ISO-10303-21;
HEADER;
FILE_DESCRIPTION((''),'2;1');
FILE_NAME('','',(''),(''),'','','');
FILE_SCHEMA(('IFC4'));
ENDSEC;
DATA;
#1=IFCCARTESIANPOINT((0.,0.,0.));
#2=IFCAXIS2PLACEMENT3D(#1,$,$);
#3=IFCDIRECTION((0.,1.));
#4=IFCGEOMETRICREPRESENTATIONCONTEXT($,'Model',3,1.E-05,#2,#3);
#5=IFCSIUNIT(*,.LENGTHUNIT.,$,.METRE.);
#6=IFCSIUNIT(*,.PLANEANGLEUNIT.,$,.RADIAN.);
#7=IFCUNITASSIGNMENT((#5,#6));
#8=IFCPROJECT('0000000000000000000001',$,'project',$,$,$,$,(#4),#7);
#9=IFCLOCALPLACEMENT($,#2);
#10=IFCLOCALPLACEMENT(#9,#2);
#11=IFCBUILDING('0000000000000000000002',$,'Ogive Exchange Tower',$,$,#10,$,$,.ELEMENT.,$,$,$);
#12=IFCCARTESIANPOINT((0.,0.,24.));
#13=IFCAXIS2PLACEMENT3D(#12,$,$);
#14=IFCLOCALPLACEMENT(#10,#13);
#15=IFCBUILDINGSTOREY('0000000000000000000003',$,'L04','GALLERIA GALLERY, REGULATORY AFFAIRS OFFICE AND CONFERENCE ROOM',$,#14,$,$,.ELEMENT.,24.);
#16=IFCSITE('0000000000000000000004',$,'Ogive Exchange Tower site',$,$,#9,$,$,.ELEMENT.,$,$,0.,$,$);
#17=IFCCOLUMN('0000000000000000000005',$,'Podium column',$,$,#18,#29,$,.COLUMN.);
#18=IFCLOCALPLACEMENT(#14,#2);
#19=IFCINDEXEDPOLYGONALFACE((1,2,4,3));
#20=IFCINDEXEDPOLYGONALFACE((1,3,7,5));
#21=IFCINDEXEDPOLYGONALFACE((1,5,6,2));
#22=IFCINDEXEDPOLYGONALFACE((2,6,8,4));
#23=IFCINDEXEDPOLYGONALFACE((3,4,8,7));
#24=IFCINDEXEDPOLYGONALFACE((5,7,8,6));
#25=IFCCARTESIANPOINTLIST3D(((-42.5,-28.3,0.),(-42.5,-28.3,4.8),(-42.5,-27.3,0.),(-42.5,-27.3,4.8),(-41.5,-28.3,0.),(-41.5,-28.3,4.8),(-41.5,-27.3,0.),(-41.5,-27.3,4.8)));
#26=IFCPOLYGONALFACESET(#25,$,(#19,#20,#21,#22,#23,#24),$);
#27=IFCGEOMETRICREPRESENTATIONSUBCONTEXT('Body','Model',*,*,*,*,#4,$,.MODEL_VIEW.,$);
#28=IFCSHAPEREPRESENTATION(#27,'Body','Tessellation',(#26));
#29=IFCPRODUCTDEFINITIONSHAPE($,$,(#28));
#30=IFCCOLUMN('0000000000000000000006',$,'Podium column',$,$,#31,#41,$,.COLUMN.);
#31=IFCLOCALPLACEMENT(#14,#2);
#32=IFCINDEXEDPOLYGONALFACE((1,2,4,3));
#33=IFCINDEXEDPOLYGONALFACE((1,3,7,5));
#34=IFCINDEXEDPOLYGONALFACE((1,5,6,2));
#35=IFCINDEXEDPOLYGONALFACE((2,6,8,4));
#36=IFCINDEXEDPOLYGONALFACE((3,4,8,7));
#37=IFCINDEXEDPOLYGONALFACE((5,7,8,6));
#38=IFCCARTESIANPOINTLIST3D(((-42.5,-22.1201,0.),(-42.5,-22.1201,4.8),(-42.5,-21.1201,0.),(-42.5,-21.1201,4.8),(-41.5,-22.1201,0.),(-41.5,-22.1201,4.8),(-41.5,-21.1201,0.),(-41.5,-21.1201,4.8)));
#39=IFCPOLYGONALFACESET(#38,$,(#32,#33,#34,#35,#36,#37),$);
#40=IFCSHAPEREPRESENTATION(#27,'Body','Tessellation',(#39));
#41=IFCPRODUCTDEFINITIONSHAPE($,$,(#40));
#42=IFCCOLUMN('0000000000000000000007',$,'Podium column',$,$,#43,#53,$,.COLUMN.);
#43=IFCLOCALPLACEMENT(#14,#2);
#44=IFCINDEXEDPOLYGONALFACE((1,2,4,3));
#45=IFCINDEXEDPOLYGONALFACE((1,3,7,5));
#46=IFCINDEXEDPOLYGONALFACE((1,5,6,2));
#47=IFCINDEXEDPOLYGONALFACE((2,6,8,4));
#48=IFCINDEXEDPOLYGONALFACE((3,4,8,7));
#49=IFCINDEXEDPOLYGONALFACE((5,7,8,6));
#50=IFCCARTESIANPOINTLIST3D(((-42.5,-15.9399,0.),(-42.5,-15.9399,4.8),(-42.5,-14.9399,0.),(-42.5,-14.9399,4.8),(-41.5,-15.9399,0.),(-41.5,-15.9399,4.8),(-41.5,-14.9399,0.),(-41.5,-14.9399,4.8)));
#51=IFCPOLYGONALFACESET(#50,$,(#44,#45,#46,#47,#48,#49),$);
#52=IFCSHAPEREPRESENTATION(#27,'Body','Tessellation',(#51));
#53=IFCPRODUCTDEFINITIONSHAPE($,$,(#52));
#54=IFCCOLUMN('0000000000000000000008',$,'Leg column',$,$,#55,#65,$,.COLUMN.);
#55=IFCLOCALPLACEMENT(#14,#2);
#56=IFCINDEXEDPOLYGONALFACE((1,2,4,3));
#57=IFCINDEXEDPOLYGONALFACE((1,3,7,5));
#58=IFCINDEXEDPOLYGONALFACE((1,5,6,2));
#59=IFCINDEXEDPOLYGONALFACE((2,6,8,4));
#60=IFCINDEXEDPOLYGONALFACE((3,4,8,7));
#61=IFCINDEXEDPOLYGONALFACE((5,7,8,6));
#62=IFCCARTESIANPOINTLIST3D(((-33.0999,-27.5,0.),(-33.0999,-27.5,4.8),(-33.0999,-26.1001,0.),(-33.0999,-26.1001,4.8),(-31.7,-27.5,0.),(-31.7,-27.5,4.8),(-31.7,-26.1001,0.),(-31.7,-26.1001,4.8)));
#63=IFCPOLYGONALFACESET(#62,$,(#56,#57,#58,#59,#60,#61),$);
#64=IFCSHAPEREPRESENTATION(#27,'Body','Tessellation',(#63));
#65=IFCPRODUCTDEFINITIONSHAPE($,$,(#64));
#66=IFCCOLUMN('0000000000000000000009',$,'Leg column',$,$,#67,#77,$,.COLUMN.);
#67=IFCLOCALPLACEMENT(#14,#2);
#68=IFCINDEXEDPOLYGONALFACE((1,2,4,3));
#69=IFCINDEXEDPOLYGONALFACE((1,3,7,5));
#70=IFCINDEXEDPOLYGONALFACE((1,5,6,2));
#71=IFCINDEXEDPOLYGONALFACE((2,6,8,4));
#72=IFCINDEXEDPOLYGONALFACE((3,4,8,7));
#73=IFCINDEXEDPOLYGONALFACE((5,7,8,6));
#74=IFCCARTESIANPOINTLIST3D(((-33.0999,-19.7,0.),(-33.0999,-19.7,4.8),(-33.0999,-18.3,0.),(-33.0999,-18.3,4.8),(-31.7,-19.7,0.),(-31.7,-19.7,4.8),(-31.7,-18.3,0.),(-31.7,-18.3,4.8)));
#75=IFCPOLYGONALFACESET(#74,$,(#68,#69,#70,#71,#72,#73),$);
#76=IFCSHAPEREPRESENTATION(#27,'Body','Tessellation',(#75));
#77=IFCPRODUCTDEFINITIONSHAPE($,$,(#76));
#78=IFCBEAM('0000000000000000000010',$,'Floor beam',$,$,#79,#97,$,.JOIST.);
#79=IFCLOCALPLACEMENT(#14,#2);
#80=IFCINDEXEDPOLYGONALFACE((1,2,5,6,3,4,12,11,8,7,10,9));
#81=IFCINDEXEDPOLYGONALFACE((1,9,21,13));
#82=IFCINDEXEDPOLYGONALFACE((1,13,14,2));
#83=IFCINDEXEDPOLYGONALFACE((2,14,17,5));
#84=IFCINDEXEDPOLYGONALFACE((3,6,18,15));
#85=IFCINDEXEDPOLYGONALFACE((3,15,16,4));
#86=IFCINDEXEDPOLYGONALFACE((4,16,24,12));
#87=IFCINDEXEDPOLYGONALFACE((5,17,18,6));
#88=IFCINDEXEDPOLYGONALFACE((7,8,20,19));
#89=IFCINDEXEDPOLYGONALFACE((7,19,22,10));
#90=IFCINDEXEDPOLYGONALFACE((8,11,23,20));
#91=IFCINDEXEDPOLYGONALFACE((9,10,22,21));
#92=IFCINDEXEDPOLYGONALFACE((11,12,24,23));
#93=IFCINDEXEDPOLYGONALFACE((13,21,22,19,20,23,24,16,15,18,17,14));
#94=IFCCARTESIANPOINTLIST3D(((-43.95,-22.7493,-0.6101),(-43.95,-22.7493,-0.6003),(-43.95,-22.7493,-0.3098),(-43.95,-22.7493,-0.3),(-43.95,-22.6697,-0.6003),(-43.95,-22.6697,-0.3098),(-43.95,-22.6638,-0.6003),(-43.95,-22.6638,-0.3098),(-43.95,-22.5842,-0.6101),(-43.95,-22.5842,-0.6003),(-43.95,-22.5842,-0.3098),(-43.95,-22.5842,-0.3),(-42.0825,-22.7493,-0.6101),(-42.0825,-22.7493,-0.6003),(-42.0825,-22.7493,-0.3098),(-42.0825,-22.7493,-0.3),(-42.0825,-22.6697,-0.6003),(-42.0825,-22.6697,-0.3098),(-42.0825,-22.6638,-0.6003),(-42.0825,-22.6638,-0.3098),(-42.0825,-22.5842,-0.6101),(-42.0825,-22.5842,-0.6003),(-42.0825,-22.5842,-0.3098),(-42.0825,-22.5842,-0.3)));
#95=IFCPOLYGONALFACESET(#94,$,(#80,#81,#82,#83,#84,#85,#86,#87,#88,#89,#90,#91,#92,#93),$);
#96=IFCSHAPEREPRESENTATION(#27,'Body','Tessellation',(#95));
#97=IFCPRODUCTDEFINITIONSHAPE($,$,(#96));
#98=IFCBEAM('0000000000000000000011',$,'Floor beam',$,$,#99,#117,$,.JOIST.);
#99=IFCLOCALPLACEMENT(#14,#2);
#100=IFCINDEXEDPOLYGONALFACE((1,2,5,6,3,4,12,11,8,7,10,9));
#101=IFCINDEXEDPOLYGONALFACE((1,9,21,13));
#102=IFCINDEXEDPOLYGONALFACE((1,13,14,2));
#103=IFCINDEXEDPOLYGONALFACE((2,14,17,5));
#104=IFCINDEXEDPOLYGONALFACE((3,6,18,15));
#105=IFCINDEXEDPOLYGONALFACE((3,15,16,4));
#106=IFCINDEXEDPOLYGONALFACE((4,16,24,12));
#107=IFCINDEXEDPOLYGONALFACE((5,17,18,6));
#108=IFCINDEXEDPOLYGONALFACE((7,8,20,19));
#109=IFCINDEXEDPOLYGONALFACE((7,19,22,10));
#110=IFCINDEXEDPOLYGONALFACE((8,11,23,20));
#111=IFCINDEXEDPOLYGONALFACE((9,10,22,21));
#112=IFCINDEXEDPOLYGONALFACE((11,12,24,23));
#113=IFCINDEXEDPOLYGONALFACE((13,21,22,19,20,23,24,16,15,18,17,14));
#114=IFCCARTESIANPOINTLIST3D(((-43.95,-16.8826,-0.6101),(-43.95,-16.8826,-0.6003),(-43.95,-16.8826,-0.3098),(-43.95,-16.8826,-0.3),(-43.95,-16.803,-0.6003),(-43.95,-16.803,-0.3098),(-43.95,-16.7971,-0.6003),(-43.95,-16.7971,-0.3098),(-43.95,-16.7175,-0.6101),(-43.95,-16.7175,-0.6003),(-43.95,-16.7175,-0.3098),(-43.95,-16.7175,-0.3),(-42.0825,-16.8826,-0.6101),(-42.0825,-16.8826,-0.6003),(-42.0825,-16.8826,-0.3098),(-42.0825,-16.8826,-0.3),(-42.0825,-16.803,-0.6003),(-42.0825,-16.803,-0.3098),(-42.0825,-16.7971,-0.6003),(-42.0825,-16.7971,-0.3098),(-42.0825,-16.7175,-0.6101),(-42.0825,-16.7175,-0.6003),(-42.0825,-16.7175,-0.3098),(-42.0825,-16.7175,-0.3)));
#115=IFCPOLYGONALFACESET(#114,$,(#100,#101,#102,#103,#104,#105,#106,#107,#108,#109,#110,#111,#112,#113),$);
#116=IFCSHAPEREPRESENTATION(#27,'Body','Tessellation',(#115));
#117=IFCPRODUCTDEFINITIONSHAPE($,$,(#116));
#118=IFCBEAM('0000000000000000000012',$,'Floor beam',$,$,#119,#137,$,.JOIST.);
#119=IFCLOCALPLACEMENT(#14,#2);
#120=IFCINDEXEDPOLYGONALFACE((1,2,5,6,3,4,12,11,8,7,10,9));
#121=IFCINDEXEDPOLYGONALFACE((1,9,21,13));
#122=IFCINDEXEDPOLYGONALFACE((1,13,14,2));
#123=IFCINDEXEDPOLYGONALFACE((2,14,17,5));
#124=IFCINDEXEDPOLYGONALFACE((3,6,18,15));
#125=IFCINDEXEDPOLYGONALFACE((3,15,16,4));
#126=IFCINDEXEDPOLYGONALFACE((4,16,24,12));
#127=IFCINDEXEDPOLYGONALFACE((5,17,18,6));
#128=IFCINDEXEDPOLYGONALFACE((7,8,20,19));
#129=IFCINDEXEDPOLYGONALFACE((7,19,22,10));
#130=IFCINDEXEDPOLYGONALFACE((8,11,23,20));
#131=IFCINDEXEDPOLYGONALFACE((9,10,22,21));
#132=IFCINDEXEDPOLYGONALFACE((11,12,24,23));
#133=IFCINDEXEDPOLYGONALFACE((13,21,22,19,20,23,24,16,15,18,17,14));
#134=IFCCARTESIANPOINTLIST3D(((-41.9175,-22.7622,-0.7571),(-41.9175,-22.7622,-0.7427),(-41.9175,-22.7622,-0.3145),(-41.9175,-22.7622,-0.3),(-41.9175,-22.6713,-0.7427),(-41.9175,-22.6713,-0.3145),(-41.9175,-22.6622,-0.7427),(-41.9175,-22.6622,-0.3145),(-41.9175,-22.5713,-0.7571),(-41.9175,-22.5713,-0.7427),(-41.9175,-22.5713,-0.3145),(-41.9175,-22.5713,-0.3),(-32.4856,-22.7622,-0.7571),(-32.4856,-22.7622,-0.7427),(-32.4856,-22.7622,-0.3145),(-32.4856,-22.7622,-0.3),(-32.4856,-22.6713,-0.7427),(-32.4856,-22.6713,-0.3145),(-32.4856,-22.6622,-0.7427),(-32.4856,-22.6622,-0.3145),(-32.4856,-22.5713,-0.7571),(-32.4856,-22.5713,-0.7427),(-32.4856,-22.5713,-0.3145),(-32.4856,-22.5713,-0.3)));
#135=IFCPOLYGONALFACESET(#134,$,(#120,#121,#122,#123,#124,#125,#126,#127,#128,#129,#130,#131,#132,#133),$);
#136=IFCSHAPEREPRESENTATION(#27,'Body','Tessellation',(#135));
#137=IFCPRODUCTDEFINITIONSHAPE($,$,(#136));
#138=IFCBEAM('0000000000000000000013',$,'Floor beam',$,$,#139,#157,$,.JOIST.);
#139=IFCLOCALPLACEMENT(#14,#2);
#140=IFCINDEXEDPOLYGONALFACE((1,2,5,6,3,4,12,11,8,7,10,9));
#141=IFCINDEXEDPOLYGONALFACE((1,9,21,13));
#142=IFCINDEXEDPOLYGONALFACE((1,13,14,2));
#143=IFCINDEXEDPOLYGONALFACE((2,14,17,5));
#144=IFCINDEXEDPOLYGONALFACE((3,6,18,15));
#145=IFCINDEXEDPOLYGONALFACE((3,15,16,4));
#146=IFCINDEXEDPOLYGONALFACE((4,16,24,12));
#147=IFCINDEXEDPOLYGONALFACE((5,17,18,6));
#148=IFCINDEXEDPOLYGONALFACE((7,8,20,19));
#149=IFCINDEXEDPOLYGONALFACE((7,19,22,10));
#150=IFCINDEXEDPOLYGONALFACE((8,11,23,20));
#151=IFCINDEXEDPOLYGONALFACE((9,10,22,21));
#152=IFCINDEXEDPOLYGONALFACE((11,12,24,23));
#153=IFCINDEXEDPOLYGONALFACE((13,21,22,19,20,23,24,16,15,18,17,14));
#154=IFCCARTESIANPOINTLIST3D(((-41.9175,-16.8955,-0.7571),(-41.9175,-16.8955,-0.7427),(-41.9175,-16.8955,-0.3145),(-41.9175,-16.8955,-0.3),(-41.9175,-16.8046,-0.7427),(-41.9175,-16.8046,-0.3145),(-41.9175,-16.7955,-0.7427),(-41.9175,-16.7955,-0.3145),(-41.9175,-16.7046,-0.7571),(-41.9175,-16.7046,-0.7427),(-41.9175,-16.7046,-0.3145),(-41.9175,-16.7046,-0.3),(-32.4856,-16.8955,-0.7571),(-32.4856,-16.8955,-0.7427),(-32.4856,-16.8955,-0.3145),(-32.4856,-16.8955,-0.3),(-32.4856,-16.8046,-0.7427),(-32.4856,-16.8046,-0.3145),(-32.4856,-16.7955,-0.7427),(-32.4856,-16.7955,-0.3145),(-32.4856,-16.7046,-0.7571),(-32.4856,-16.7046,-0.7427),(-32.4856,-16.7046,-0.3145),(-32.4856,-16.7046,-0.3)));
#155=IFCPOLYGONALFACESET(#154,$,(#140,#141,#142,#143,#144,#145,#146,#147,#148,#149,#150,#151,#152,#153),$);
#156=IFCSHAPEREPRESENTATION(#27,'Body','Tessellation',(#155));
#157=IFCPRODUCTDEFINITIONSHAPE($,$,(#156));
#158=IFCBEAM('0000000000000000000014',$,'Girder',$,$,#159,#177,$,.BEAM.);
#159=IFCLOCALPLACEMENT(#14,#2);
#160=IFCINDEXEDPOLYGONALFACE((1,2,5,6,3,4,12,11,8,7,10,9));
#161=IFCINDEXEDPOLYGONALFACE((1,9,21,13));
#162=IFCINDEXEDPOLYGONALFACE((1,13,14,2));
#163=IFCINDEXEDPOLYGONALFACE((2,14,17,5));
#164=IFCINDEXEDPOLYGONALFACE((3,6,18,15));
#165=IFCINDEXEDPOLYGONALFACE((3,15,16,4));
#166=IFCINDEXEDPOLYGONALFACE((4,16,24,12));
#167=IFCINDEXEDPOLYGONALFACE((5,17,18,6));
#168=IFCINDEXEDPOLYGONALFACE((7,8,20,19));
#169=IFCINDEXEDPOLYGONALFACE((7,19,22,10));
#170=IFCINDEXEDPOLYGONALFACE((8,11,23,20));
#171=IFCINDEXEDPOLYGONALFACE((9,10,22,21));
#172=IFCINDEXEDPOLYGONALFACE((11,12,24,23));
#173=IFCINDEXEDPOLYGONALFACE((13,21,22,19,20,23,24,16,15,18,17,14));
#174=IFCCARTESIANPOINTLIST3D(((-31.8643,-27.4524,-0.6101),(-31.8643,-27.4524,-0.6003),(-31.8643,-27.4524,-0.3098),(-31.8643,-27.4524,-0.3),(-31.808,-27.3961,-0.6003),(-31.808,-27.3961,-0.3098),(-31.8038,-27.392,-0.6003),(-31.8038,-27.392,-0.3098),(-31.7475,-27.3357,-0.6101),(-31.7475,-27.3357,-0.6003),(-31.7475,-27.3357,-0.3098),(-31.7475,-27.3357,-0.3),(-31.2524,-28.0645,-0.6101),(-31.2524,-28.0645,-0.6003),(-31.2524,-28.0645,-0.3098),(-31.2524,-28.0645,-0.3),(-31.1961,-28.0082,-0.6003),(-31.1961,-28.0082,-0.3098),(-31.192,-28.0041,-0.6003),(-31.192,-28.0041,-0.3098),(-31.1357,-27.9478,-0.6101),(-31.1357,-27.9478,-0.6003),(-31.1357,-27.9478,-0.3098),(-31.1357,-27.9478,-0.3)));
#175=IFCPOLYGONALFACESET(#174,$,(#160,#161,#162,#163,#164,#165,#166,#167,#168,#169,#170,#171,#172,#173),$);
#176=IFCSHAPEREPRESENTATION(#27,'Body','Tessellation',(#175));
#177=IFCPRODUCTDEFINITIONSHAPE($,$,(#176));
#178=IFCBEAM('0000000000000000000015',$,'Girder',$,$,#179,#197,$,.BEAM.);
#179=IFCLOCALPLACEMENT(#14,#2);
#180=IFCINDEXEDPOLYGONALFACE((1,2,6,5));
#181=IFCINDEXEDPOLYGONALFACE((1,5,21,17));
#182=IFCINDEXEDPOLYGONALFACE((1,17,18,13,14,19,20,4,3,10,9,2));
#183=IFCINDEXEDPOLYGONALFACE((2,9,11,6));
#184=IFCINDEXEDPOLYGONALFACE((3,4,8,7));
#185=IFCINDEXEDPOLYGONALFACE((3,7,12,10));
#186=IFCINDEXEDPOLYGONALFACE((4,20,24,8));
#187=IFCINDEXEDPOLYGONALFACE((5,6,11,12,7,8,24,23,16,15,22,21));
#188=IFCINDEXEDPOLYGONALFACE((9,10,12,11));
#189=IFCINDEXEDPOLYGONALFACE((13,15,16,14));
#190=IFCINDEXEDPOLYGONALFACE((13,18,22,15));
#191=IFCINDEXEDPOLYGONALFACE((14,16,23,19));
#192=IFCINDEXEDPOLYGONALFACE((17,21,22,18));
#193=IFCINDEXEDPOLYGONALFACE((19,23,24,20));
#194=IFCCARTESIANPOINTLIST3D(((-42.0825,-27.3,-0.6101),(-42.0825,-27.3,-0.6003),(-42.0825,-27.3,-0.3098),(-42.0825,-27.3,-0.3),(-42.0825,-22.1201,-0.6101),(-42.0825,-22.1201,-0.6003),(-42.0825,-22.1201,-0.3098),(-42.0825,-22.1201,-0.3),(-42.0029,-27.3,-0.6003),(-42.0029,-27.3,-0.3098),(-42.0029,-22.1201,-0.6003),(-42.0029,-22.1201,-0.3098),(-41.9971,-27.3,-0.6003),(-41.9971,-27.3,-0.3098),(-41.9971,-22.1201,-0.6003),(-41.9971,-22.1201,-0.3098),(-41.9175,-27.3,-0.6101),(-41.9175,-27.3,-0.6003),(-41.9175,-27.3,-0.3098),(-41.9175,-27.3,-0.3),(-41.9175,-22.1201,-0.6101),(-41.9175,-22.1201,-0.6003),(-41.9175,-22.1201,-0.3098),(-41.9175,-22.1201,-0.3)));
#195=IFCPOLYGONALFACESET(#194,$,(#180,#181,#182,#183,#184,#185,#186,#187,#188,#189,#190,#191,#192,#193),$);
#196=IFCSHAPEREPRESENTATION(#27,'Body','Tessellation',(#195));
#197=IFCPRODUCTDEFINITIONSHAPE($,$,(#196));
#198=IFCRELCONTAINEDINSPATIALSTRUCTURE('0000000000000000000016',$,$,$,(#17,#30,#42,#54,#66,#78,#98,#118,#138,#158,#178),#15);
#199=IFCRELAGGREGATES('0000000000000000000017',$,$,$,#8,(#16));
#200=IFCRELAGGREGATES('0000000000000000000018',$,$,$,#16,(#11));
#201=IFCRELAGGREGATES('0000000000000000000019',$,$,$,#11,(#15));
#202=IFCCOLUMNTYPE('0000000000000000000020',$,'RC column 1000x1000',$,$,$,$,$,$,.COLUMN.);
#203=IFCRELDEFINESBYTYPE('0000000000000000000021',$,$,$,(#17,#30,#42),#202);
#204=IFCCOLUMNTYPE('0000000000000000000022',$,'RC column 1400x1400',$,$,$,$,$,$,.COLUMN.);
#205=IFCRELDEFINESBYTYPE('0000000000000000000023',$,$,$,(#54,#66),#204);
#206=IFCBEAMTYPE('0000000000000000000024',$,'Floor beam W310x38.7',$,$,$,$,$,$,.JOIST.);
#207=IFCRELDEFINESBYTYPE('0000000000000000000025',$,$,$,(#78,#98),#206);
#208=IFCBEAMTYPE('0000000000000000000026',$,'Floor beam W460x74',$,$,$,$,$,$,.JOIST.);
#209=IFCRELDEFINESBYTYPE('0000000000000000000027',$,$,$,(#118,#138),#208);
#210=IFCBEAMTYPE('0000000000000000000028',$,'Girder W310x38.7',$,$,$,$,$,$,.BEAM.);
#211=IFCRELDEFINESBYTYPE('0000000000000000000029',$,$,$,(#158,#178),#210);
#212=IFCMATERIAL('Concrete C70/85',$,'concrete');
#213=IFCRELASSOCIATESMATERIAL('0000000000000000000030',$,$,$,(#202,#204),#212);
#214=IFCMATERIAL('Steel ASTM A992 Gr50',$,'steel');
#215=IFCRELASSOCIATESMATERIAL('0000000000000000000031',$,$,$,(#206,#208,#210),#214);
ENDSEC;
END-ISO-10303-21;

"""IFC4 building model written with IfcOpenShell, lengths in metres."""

from ifc_helpers import new_model, si_unit, direction, frame, origin, origin_2d, place, context, subcontext, project, spatial, rectangle, i_section, extrude, material, material_profile, profile_set, type_object, element, save


model = new_model("IFC4")

# Units and contexts
model_context = context("Model", 3, precision=1e-05, world=origin(), true_north=direction((0.0, 1.0)))
body_context = subcontext(model_context, "Body", "Model", "MODEL_VIEW")
ifc_project = project(units=[si_unit("LENGTHUNIT", "METRE"), si_unit("PLANEANGLEUNIT", "RADIAN")], contexts=[model_context])

# Site, building, storey
site_placement = place(None, origin())
site = spatial("IfcSite", under=ifc_project, at=site_placement, Name="Ogive Exchange Tower site", CompositionType="ELEMENT", RefElevation=0.0)
building_placement = place(site_placement, origin())
building = spatial("IfcBuilding", under=site, at=building_placement, Name="Ogive Exchange Tower", CompositionType="ELEMENT")
storey_placement = place(building_placement, frame((0.0, 0.0, 24.0)))
storey = spatial("IfcBuildingStorey", under=building, at=storey_placement, Name="L04", Description="GALLERIA GALLERY, REGULATORY AFFAIRS OFFICE AND CONFERENCE ROOM", CompositionType="ELEMENT", Elevation=24.0)

# Columns
ifc_material_1 = material(Name="Concrete C70/85", Category="concrete")
ifc_material_profile_1 = material_profile(ifc_material_1, rectangle(XDim=1.0, YDim=1.0, at=origin_2d()), Name="RC 1000x1000")
ifc_profile_set_1 = profile_set([ifc_material_profile_1], Name="Concrete C70/85")
column_type_1 = type_object("IfcColumnType", Name="RC column 1000x1000", PredefinedType="COLUMN", material=ifc_profile_set_1)
for number, where, z_axis, x_axis, name in (
    (1, (-42.0, -27.8, 0.0), (0.0, 0.0, 1.0), (1.0, 0.0, 0.0), "Podium column"),
    (2, (-42.0, -21.6201, 0.0), (0.0, 0.0, 1.0), (1.0, 0.0, 0.0), "Podium column"),
    (3, (-42.0, -15.4399, 0.0), (0.0, 0.0, 1.0), (1.0, 0.0, 0.0), "Podium column"),
):
    element("IfcColumn", number, at=place(storey_placement, frame(where, z_axis=z_axis, x_axis=x_axis)), inside=storey, type_object=column_type_1, Name=name, PredefinedType="COLUMN", context=body_context, shape_type="SweptSolid", body=[
        extrude(rectangle(XDim=1.0, YDim=1.0, at=origin_2d()), origin(), (0.0, 0.0, 1.0), 4.8),
    ])
ifc_material_profile_2 = material_profile(ifc_material_1, rectangle(XDim=1.3999, YDim=1.3999, at=origin_2d()), Name="RC 1400x1400")
ifc_profile_set_2 = profile_set([ifc_material_profile_2], Name="Concrete C70/85")
column_type_2 = type_object("IfcColumnType", Name="RC column 1400x1400", PredefinedType="COLUMN", material=ifc_profile_set_2)
for number, where, z_axis, x_axis, name in (
    (4, (-32.3999, -26.8, 0.0), (0.0, 0.0, 1.0), (1.0, 0.0, 0.0), "Leg column"),
    (5, (-32.3999, -19.0, 0.0), (0.0, 0.0, 1.0), (1.0, 0.0, 0.0), "Leg column"),
):
    element("IfcColumn", number, at=place(storey_placement, frame(where, z_axis=z_axis, x_axis=x_axis)), inside=storey, type_object=column_type_2, Name=name, PredefinedType="COLUMN", context=body_context, shape_type="SweptSolid", body=[
        extrude(rectangle(XDim=1.3999, YDim=1.3999, at=origin_2d()), origin(), (0.0, 0.0, 1.0), 4.8),
    ])

# Beams
ifc_material_2 = material(Name="Steel ASTM A992 Gr50", Category="steel")
ifc_material_profile_3 = material_profile(ifc_material_2, i_section(OverallWidth=0.165, OverallDepth=0.3101, WebThickness=0.0059, FlangeThickness=0.0098, at=origin_2d()), Name="W310x38.7")
ifc_profile_set_3 = profile_set([ifc_material_profile_3], Name="Steel ASTM A992 Gr50")
beam_type_1 = type_object("IfcBeamType", Name="Floor beam W310x38.7", PredefinedType="JOIST", material=ifc_profile_set_3)
for number, where, z_axis, x_axis, name in (
    (6, (-43.95, -22.6667, -0.4551), (1.0, 0.0, 0.0), (0.0, 1.0, 0.0), "Floor beam"),
    (7, (-43.95, -16.8, -0.4551), (1.0, 0.0, 0.0), (0.0, 1.0, 0.0), "Floor beam"),
):
    element("IfcBeam", number, at=place(storey_placement, frame(where, z_axis=z_axis, x_axis=x_axis)), inside=storey, type_object=beam_type_1, Name=name, PredefinedType="JOIST", context=body_context, shape_type="SweptSolid", body=[
        extrude(i_section(OverallWidth=0.165, OverallDepth=0.3101, WebThickness=0.0059, FlangeThickness=0.0098, at=origin_2d()), origin(), (0.0, 0.0, 1.0), 1.8674),
    ])
ifc_material_profile_4 = material_profile(ifc_material_2, i_section(OverallWidth=0.1909, OverallDepth=0.457, WebThickness=0.009, FlangeThickness=0.0144, at=origin_2d()), Name="W460x74")
ifc_profile_set_4 = profile_set([ifc_material_profile_4], Name="Steel ASTM A992 Gr50")
beam_type_2 = type_object("IfcBeamType", Name="Floor beam W460x74", PredefinedType="JOIST", material=ifc_profile_set_4)
for number, where, z_axis, x_axis, name in (
    (8, (-41.9175, -22.6667, -0.5286), (1.0, 0.0, 0.0), (0.0, 1.0, 0.0), "Floor beam"),
    (9, (-41.9175, -16.8, -0.5286), (1.0, 0.0, 0.0), (0.0, 1.0, 0.0), "Floor beam"),
):
    element("IfcBeam", number, at=place(storey_placement, frame(where, z_axis=z_axis, x_axis=x_axis)), inside=storey, type_object=beam_type_2, Name=name, PredefinedType="JOIST", context=body_context, shape_type="SweptSolid", body=[
        extrude(i_section(OverallWidth=0.1909, OverallDepth=0.457, WebThickness=0.009, FlangeThickness=0.0144, at=origin_2d()), origin(), (0.0, 0.0, 1.0), 9.4319),
    ])
ifc_material_profile_5 = material_profile(ifc_material_2, i_section(OverallWidth=0.165, OverallDepth=0.3101, WebThickness=0.0059, FlangeThickness=0.0098, at=origin_2d()), Name="W310x38.7")
ifc_profile_set_5 = profile_set([ifc_material_profile_5], Name="Steel ASTM A992 Gr50")
beam_type_3 = type_object("IfcBeamType", Name="Girder W310x38.7", PredefinedType="BEAM", material=ifc_profile_set_5)
beam_1_placement = place(storey_placement, frame((-31.8059, -27.394, -0.4551), z_axis=(0.706966, -0.707248, 0.0), x_axis=(0.707248, 0.706966, 0.0)))
element("IfcBeam", 10, at=beam_1_placement, inside=storey, type_object=beam_type_3, Name="Girder", PredefinedType="BEAM", context=body_context, shape_type="SweptSolid", body=[
    extrude(i_section(OverallWidth=0.165, OverallDepth=0.3101, WebThickness=0.0059, FlangeThickness=0.0098, at=origin_2d()), origin(), (0.0, 0.0, 1.0), 0.8655),
])
beam_2_placement = place(storey_placement, frame((-42.0, -27.3, -0.4551), z_axis=(0.0, 1.0, 0.0), x_axis=(-1.0, 0.0, 0.0)))
element("IfcBeam", 11, at=beam_2_placement, inside=storey, type_object=beam_type_3, Name="Girder", PredefinedType="BEAM", context=body_context, shape_type="SweptSolid", body=[
    extrude(i_section(OverallWidth=0.165, OverallDepth=0.3101, WebThickness=0.0059, FlangeThickness=0.0098, at=origin_2d()), origin(), (0.0, 0.0, 1.0), 5.1799),
])

save(model, "model.ifc")
